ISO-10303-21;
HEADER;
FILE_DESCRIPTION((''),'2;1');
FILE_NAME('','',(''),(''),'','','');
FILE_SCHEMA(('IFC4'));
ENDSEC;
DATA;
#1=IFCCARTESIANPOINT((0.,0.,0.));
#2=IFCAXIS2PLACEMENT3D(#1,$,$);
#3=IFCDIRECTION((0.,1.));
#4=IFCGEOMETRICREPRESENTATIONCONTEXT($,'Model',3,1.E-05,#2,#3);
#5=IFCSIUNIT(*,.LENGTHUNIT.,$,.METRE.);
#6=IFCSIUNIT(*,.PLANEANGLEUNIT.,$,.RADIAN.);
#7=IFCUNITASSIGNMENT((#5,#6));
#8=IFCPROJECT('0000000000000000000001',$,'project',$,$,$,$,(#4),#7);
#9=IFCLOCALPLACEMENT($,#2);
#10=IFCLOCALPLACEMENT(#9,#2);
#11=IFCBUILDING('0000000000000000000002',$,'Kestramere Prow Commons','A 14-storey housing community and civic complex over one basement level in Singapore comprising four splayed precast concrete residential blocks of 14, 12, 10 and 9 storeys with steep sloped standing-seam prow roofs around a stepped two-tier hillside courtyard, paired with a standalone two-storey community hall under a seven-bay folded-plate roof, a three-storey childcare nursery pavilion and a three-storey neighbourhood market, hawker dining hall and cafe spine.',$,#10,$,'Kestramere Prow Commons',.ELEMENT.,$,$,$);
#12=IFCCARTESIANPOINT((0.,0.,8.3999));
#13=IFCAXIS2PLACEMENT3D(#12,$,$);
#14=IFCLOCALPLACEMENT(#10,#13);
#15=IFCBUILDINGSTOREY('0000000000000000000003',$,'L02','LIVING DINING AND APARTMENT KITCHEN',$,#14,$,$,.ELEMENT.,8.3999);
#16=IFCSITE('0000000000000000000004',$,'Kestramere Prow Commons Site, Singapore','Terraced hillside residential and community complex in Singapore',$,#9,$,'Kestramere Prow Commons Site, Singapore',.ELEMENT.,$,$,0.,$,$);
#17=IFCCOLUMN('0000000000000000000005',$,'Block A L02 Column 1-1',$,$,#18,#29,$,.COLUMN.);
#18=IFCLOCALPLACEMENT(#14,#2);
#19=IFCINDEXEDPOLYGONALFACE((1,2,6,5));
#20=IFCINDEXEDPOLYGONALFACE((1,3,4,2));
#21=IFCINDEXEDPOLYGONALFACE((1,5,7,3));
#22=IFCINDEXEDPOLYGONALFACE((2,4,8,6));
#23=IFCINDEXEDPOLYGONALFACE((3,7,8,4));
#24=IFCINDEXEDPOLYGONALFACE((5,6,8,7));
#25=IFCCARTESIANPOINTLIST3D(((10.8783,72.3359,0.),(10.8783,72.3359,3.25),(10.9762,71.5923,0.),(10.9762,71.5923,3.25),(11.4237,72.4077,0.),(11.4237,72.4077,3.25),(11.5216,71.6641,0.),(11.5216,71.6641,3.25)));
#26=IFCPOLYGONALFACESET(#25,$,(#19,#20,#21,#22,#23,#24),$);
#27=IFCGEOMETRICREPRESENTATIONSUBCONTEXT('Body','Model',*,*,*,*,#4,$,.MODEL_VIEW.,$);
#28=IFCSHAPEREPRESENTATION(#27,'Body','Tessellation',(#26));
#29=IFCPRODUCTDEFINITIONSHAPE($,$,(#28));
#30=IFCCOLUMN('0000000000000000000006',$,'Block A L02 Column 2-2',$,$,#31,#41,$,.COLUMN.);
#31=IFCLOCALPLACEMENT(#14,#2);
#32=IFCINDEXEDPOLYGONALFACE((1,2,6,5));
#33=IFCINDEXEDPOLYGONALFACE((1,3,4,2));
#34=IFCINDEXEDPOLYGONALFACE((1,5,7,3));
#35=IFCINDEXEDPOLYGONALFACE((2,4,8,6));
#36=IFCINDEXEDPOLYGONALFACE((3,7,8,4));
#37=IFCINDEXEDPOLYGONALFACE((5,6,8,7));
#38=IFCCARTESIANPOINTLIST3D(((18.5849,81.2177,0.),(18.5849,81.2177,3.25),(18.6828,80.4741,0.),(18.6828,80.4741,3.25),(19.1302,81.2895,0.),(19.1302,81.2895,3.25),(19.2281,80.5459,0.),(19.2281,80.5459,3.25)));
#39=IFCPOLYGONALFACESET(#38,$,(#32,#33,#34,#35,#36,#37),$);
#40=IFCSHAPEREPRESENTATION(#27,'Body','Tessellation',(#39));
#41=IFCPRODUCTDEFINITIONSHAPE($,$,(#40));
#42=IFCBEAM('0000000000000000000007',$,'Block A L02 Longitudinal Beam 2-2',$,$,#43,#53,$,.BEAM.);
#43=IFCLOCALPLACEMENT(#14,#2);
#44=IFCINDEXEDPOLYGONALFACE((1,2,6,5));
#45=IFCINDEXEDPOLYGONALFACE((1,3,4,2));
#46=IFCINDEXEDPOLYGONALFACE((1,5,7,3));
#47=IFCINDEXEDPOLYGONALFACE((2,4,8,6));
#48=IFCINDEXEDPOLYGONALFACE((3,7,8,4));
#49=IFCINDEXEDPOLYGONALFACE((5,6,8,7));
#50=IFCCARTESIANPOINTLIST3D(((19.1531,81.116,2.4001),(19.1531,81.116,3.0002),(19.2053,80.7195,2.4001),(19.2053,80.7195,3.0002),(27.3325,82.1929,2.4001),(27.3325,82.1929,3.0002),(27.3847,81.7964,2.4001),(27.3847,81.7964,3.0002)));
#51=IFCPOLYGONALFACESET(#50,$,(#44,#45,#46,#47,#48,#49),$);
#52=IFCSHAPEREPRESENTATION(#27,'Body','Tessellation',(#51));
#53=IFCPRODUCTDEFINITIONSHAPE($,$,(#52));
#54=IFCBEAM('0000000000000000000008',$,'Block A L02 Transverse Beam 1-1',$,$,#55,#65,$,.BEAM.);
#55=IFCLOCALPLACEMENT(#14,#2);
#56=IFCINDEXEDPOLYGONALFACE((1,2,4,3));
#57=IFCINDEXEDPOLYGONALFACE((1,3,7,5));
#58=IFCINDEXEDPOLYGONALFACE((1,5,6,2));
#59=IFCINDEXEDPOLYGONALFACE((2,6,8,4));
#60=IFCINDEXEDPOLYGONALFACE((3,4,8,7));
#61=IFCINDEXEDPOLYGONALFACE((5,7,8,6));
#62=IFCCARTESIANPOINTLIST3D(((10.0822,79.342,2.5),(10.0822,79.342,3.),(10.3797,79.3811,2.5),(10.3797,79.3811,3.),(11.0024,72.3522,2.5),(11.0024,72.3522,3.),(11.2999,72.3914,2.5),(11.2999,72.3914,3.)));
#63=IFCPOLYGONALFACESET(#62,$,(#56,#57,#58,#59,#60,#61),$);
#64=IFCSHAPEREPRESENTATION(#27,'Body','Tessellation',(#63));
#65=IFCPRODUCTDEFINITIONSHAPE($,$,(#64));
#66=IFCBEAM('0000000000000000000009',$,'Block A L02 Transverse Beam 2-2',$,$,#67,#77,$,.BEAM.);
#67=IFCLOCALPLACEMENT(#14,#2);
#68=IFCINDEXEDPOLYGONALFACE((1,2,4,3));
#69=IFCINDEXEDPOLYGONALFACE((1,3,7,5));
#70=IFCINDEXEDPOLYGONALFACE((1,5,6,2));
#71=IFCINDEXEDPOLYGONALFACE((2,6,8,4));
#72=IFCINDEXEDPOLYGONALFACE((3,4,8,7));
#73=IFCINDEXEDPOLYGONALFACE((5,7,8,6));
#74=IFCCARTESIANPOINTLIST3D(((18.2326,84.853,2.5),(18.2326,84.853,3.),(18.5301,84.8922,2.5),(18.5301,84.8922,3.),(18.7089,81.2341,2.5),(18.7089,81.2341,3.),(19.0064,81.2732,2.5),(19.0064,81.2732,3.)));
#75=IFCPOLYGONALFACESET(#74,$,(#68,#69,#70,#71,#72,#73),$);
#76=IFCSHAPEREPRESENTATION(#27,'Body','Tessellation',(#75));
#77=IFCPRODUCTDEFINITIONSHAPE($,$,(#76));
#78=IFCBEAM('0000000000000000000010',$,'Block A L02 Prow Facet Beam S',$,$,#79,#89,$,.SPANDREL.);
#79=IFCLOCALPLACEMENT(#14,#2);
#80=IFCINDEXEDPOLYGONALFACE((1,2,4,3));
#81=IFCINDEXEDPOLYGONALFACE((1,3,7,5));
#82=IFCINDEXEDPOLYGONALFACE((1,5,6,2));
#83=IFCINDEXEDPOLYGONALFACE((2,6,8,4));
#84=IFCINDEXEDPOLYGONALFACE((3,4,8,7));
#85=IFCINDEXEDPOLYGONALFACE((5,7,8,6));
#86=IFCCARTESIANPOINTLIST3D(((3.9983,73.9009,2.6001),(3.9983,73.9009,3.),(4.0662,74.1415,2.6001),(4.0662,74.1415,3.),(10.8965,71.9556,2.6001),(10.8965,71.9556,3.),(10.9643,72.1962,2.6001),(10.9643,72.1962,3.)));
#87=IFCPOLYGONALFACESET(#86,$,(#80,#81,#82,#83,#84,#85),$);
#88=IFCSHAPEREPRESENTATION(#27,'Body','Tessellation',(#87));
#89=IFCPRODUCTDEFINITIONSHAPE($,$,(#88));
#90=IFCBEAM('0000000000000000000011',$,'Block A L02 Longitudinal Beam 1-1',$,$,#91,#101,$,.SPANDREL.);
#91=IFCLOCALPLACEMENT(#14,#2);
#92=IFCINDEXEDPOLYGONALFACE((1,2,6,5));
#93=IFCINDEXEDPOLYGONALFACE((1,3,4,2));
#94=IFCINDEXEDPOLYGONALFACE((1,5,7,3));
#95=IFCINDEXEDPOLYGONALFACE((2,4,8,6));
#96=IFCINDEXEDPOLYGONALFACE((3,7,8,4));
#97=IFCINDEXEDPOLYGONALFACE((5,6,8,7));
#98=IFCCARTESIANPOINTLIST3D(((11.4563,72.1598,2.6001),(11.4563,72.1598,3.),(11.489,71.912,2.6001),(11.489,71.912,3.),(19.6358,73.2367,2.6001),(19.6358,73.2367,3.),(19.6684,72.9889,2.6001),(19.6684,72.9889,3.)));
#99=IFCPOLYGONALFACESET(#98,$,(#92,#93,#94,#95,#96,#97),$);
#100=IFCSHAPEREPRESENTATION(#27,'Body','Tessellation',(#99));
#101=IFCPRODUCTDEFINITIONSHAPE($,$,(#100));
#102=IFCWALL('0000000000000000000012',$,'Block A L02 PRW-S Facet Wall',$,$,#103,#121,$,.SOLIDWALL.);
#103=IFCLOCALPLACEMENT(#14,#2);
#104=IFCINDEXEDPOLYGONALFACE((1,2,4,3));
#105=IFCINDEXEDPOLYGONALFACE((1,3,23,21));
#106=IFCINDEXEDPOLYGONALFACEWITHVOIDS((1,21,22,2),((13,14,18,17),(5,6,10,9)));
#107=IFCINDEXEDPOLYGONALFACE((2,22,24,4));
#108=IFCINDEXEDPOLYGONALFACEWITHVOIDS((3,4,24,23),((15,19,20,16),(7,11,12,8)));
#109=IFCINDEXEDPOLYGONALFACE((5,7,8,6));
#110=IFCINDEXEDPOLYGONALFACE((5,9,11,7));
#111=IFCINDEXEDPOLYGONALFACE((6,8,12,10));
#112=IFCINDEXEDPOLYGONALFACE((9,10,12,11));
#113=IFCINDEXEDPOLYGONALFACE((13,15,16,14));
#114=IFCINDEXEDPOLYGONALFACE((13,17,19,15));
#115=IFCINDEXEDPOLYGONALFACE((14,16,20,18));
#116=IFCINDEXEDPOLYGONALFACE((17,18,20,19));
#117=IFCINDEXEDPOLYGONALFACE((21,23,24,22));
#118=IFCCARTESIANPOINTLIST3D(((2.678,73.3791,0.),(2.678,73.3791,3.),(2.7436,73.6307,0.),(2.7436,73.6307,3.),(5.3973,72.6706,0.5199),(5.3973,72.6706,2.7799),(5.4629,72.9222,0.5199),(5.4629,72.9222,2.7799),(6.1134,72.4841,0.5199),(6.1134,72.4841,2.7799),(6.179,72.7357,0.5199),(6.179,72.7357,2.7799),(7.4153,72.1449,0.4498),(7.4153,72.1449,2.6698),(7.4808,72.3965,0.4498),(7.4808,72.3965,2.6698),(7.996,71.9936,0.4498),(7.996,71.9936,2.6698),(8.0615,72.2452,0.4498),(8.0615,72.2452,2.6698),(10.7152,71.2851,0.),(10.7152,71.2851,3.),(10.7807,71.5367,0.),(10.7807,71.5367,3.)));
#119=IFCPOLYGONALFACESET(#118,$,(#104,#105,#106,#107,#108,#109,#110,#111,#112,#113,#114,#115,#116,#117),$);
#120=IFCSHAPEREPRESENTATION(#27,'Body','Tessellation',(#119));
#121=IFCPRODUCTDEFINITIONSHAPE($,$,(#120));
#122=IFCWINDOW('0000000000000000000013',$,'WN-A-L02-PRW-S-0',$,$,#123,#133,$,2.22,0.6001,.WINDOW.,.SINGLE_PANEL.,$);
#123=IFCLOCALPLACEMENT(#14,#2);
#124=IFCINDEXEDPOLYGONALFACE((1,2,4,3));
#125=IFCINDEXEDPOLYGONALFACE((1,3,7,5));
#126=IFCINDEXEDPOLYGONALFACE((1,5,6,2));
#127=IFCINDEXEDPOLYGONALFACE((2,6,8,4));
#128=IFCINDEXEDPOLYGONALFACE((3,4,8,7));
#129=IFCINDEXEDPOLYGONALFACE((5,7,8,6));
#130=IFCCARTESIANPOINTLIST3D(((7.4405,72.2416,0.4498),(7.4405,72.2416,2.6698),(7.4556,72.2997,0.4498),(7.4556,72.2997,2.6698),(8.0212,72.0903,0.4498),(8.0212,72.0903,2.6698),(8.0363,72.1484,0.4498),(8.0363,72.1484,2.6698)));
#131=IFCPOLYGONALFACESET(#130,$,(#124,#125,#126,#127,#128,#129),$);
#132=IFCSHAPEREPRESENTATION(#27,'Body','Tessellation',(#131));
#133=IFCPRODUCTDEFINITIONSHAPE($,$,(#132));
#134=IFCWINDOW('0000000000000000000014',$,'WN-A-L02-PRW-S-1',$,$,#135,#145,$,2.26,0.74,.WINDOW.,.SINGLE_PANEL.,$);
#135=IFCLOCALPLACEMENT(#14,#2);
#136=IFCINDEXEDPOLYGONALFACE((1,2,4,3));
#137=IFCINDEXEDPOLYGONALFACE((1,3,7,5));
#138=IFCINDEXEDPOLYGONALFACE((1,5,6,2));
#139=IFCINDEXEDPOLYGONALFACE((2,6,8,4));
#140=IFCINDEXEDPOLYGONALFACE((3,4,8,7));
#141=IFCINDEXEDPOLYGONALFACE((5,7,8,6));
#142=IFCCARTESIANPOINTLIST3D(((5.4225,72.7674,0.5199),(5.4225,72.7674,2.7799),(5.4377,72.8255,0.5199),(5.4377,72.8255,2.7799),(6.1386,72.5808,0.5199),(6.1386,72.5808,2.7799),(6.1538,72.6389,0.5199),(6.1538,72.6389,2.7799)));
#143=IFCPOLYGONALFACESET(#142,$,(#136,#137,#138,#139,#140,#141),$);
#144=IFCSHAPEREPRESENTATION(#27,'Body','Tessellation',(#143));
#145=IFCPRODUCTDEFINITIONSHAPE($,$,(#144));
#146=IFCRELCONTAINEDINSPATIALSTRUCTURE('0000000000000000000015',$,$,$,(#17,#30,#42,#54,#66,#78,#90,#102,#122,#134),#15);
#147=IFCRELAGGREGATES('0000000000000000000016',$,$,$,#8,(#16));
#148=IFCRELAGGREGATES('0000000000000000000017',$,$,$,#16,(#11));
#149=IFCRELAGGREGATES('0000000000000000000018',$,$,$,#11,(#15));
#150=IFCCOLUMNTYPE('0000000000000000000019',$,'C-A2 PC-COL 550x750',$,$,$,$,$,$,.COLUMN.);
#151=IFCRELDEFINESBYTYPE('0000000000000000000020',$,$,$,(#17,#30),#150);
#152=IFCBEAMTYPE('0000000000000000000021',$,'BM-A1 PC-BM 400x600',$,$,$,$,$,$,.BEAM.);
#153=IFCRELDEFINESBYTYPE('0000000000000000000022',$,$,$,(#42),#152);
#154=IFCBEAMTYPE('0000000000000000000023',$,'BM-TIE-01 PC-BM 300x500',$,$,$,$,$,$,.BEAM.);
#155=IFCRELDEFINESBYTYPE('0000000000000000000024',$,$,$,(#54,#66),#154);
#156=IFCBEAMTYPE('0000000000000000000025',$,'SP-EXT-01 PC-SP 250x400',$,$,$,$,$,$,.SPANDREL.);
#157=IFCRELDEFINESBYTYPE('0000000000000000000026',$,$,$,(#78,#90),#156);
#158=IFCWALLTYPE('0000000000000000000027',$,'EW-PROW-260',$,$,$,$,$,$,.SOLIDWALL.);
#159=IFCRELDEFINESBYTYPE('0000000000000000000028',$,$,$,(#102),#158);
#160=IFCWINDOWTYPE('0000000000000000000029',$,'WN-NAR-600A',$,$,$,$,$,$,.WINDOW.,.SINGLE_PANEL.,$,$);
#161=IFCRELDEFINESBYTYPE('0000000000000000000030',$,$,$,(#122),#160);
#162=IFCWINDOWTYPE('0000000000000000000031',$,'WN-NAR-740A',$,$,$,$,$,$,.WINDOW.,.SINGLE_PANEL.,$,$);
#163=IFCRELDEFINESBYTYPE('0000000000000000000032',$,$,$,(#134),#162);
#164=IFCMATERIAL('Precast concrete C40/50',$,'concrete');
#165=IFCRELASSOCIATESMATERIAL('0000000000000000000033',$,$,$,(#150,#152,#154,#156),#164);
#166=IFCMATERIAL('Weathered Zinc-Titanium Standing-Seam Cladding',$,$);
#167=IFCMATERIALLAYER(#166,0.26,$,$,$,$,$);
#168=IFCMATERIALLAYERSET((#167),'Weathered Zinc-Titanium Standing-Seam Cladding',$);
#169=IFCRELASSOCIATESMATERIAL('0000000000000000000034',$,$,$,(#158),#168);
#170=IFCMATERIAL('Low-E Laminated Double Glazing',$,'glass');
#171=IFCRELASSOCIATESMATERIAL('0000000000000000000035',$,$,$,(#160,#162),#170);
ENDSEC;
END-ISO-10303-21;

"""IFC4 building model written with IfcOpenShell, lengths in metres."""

from ifc_helpers import new_model, si_unit, direction, frame, frame_2d, origin, origin_2d, place, context, subcontext, project, spatial, rectangle, extrude, material, layer, layer_set, material_profile, profile_set, type_object, element, fill, save


model = new_model("IFC4")

# Units and contexts
model_context = context("Model", 3, precision=1e-05, world=origin(), true_north=direction((0.0, 1.0)))
body_context = subcontext(model_context, "Body", "Model", "MODEL_VIEW")
ifc_project = project(units=[si_unit("LENGTHUNIT", "METRE"), si_unit("PLANEANGLEUNIT", "RADIAN")], contexts=[model_context])

# Site, building, storey
site_placement = place(None, origin())
site = spatial("IfcSite", under=ifc_project, at=site_placement, Name="Kestramere Prow Commons Site, Singapore", Description="Terraced hillside residential and community complex in Singapore", LongName="Kestramere Prow Commons Site, Singapore", CompositionType="ELEMENT", RefElevation=0.0)
building_placement = place(site_placement, origin())
building = spatial("IfcBuilding", under=site, at=building_placement, Name="Kestramere Prow Commons", Description="A 14-storey housing community and civic complex over one basement level in Singapore comprising four splayed precast concrete residential blocks of 14, 12, 10 and 9 storeys with steep sloped standing-seam prow roofs around a stepped two-tier hillside courtyard, paired with a standalone two-storey community hall under a seven-bay folded-plate roof, a three-storey childcare nursery pavilion and a three-storey neighbourhood market, hawker dining hall and cafe spine.", LongName="Kestramere Prow Commons", CompositionType="ELEMENT")
storey_placement = place(building_placement, frame((0.0, 0.0, 8.3999)))
storey = spatial("IfcBuildingStorey", under=building, at=storey_placement, Name="L02", Description="LIVING DINING AND APARTMENT KITCHEN", CompositionType="ELEMENT", Elevation=8.3999)

# Columns
ifc_material_1 = material(Name="Precast concrete C40/50", Category="concrete")
ifc_material_profile_1 = material_profile(ifc_material_1, rectangle(XDim=0.55, YDim=0.75, at=origin_2d()), Name="PC-COL 550x750")
ifc_profile_set_1 = profile_set([ifc_material_profile_1], Name="Precast concrete C40/50")
column_type = type_object("IfcColumnType", Name="C-A2 PC-COL 550x750", PredefinedType="COLUMN", material=ifc_profile_set_1)
for number, where, z_axis, x_axis, name in (
    (1, (11.2, 72.0, 0.0), (0.0, 0.0, 1.0), (0.991445, 0.130526, 0.0), "Block A L02 Column 1-1"),
    (2, (18.9065, 80.8818, 0.0), (0.0, 0.0, 1.0), (0.991445, 0.130526, 0.0), "Block A L02 Column 2-2"),
):
    element("IfcColumn", number, at=place(storey_placement, frame(where, z_axis=z_axis, x_axis=x_axis)), inside=storey, type_object=column_type, Name=name, PredefinedType="COLUMN", context=body_context, shape_type="SweptSolid", body=[
        extrude(rectangle(XDim=0.55, YDim=0.75, at=origin_2d()), origin(), (0.0, 0.0, 1.0), 3.25),
    ])

# Beams
ifc_material_profile_2 = material_profile(ifc_material_1, rectangle(XDim=0.3999, YDim=0.6001, at=origin_2d()), Name="PC-BM 400x600")
ifc_profile_set_2 = profile_set([ifc_material_profile_2], Name="Precast concrete C40/50")
beam_type_1 = type_object("IfcBeamType", Name="BM-A1 PC-BM 400x600", PredefinedType="BEAM", material=ifc_profile_set_2)
beam_1_placement = place(storey_placement, frame((19.1792, 80.9177, 2.7002), z_axis=(0.991444, 0.130533, 0.0), x_axis=(-0.130533, 0.991444, 0.0)))
element("IfcBeam", 3, at=beam_1_placement, inside=storey, type_object=beam_type_1, Name="Block A L02 Longitudinal Beam 2-2", PredefinedType="BEAM", context=body_context, shape_type="SweptSolid", body=[
    extrude(rectangle(XDim=0.3999, YDim=0.6001, at=origin_2d()), origin(), (0.0, 0.0, 1.0), 8.25),
])
ifc_material_profile_3 = material_profile(ifc_material_1, rectangle(XDim=0.3, YDim=0.5, at=origin_2d()), Name="PC-BM 300x500")
ifc_profile_set_3 = profile_set([ifc_material_profile_3], Name="Precast concrete C40/50")
beam_type_2 = type_object("IfcBeamType", Name="BM-TIE-01 PC-BM 300x500", PredefinedType="BEAM", material=ifc_profile_set_3)
beam_2_placement = place(storey_placement, frame((11.1511, 72.3718, 2.75), z_axis=(-0.130519, 0.991446, 0.0), x_axis=(-0.991446, -0.130519, 0.0)))
element("IfcBeam", 4, at=beam_2_placement, inside=storey, type_object=beam_type_2, Name="Block A L02 Transverse Beam 1-1", PredefinedType="BEAM", context=body_context, shape_type="SweptSolid", body=[
    extrude(rectangle(XDim=0.3, YDim=0.5, at=origin_2d()), origin(), (0.0, 0.0, 1.0), 7.05),
])
beam_3_placement = place(storey_placement, frame((18.8577, 81.2537, 2.75), z_axis=(-0.130494, 0.991449, 0.0), x_axis=(-0.991449, -0.130494, 0.0)))
element("IfcBeam", 5, at=beam_3_placement, inside=storey, type_object=beam_type_2, Name="Block A L02 Transverse Beam 2-2", PredefinedType="BEAM", context=body_context, shape_type="SweptSolid", body=[
    extrude(rectangle(XDim=0.3, YDim=0.5, at=origin_2d()), origin(), (0.0, 0.0, 1.0), 3.6501),
])
ifc_material_profile_4 = material_profile(ifc_material_1, rectangle(XDim=0.25, YDim=0.3999, at=origin_2d()), Name="PC-SP 250x400")
ifc_profile_set_4 = profile_set([ifc_material_profile_4], Name="Precast concrete C40/50")
beam_type_3 = type_object("IfcBeamType", Name="SP-EXT-01 PC-SP 250x400", PredefinedType="SPANDREL", material=ifc_profile_set_4)
beam_4_placement = place(storey_placement, frame((10.9304, 72.0759, 2.8), z_axis=(-0.962462, 0.271417, 0.0), x_axis=(-0.271417, -0.962462, 0.0)))
element("IfcBeam", 6, at=beam_4_placement, inside=storey, type_object=beam_type_3, Name="Block A L02 Prow Facet Beam S", PredefinedType="SPANDREL", context=body_context, shape_type="SweptSolid", body=[
    extrude(rectangle(XDim=0.25, YDim=0.3999, at=origin_2d()), origin(), (0.0, 0.0, 1.0), 7.1672),
])
beam_5_placement = place(storey_placement, frame((11.4727, 72.0359, 2.8), z_axis=(0.991444, 0.130533, 0.0), x_axis=(-0.130533, 0.991444, 0.0)))
element("IfcBeam", 7, at=beam_5_placement, inside=storey, type_object=beam_type_3, Name="Block A L02 Longitudinal Beam 1-1", PredefinedType="SPANDREL", context=body_context, shape_type="SweptSolid", body=[
    extrude(rectangle(XDim=0.25, YDim=0.3999, at=origin_2d()), origin(), (0.0, 0.0, 1.0), 8.25),
])

# Wall, openings, windows
ifc_material_2 = material(Name="Weathered Zinc-Titanium Standing-Seam Cladding")
ifc_layer_1 = layer(ifc_material_2, 0.26)
ifc_layer_set_1 = layer_set([ifc_layer_1], Name="Weathered Zinc-Titanium Standing-Seam Cladding")
wall_type_1 = type_object("IfcWallType", Name="EW-PROW-260", PredefinedType="SOLIDWALL", material=ifc_layer_set_1)
wall_1_placement = place(storey_placement, frame((10.748, 71.4109, 0.0), z_axis=(0.0, 0.0, 1.0), x_axis=(-0.967695, 0.252124, 0.0)))
wall_1 = element("IfcWall", 8, at=wall_1_placement, inside=storey, type_object=wall_type_1, Name="Block A L02 PRW-S Facet Wall", PredefinedType="SOLIDWALL", context=body_context, shape_type="SweptSolid", body=[
    extrude(rectangle(XDim=8.3054, YDim=0.26, at=frame_2d((4.1528, 0.0))), origin(), (0.0, 0.0, 1.0), 3.0),
])
opening_1_placement = place(wall_1_placement, frame((2.8101, 0.0, 0.45)))
opening_1 = element("IfcOpeningElement", 9, at=opening_1_placement, cuts=wall_1, PredefinedType="OPENING", context=body_context, shape_type="SweptSolid", body=[
    extrude(rectangle(XDim=0.6001, YDim=2.22, at=frame_2d((0.3, 1.1099))), frame((0.0, 0.145, 0.0), z_axis=(0.0, -1.0, 0.0), x_axis=(1.0, 0.0, 0.0)), (0.0, 0.0, 1.0), 0.29),
])
opening_2_placement = place(wall_1_placement, frame((4.7554, 0.0, 0.52)))
opening_2 = element("IfcOpeningElement", 10, at=opening_2_placement, cuts=wall_1, PredefinedType="OPENING", context=body_context, shape_type="SweptSolid", body=[
    extrude(rectangle(XDim=0.74, YDim=2.26, at=frame_2d((0.3701, 1.1299))), frame((0.0, 0.145, 0.0), z_axis=(0.0, -1.0, 0.0), x_axis=(1.0, 0.0, 0.0)), (0.0, 0.0, 1.0), 0.29),
])
ifc_material_3 = material(Name="Low-E Laminated Double Glazing", Category="glass")
window_type_1 = type_object("IfcWindowType", Name="WN-NAR-600A", PartitioningType="SINGLE_PANEL", PredefinedType="WINDOW", material=ifc_material_3)
window_1_placement = place(opening_1_placement, origin())
window_1 = element("IfcWindow", 11, at=window_1_placement, inside=storey, type_object=window_type_1, Name="WN-A-L02-PRW-S-0", OverallHeight=2.22, OverallWidth=0.6001, PartitioningType="SINGLE_PANEL", PredefinedType="WINDOW", context=body_context, shape_type="SweptSolid", body=[
    extrude(rectangle(XDim=0.6001, YDim=2.22, at=frame_2d((0.3, 1.1099))), frame((0.0, 0.03, 0.0), z_axis=(0.0, -1.0, 0.0), x_axis=(1.0, 0.0, 0.0)), (0.0, 0.0, 1.0), 0.0601),
])
fill(opening_1, window_1)
window_type_2 = type_object("IfcWindowType", Name="WN-NAR-740A", PartitioningType="SINGLE_PANEL", PredefinedType="WINDOW", material=ifc_material_3)
window_2_placement = place(opening_2_placement, origin())
window_2 = element("IfcWindow", 12, at=window_2_placement, inside=storey, type_object=window_type_2, Name="WN-A-L02-PRW-S-1", OverallHeight=2.26, OverallWidth=0.74, PartitioningType="SINGLE_PANEL", PredefinedType="WINDOW", context=body_context, shape_type="SweptSolid", body=[
    extrude(rectangle(XDim=0.74, YDim=2.26, at=frame_2d((0.3701, 1.1299))), frame((0.0, 0.03, 0.0), z_axis=(0.0, -1.0, 0.0), x_axis=(1.0, 0.0, 0.0)), (0.0, 0.0, 1.0), 0.0601),
])
fill(opening_2, window_2)

save(model, "model.ifc")
